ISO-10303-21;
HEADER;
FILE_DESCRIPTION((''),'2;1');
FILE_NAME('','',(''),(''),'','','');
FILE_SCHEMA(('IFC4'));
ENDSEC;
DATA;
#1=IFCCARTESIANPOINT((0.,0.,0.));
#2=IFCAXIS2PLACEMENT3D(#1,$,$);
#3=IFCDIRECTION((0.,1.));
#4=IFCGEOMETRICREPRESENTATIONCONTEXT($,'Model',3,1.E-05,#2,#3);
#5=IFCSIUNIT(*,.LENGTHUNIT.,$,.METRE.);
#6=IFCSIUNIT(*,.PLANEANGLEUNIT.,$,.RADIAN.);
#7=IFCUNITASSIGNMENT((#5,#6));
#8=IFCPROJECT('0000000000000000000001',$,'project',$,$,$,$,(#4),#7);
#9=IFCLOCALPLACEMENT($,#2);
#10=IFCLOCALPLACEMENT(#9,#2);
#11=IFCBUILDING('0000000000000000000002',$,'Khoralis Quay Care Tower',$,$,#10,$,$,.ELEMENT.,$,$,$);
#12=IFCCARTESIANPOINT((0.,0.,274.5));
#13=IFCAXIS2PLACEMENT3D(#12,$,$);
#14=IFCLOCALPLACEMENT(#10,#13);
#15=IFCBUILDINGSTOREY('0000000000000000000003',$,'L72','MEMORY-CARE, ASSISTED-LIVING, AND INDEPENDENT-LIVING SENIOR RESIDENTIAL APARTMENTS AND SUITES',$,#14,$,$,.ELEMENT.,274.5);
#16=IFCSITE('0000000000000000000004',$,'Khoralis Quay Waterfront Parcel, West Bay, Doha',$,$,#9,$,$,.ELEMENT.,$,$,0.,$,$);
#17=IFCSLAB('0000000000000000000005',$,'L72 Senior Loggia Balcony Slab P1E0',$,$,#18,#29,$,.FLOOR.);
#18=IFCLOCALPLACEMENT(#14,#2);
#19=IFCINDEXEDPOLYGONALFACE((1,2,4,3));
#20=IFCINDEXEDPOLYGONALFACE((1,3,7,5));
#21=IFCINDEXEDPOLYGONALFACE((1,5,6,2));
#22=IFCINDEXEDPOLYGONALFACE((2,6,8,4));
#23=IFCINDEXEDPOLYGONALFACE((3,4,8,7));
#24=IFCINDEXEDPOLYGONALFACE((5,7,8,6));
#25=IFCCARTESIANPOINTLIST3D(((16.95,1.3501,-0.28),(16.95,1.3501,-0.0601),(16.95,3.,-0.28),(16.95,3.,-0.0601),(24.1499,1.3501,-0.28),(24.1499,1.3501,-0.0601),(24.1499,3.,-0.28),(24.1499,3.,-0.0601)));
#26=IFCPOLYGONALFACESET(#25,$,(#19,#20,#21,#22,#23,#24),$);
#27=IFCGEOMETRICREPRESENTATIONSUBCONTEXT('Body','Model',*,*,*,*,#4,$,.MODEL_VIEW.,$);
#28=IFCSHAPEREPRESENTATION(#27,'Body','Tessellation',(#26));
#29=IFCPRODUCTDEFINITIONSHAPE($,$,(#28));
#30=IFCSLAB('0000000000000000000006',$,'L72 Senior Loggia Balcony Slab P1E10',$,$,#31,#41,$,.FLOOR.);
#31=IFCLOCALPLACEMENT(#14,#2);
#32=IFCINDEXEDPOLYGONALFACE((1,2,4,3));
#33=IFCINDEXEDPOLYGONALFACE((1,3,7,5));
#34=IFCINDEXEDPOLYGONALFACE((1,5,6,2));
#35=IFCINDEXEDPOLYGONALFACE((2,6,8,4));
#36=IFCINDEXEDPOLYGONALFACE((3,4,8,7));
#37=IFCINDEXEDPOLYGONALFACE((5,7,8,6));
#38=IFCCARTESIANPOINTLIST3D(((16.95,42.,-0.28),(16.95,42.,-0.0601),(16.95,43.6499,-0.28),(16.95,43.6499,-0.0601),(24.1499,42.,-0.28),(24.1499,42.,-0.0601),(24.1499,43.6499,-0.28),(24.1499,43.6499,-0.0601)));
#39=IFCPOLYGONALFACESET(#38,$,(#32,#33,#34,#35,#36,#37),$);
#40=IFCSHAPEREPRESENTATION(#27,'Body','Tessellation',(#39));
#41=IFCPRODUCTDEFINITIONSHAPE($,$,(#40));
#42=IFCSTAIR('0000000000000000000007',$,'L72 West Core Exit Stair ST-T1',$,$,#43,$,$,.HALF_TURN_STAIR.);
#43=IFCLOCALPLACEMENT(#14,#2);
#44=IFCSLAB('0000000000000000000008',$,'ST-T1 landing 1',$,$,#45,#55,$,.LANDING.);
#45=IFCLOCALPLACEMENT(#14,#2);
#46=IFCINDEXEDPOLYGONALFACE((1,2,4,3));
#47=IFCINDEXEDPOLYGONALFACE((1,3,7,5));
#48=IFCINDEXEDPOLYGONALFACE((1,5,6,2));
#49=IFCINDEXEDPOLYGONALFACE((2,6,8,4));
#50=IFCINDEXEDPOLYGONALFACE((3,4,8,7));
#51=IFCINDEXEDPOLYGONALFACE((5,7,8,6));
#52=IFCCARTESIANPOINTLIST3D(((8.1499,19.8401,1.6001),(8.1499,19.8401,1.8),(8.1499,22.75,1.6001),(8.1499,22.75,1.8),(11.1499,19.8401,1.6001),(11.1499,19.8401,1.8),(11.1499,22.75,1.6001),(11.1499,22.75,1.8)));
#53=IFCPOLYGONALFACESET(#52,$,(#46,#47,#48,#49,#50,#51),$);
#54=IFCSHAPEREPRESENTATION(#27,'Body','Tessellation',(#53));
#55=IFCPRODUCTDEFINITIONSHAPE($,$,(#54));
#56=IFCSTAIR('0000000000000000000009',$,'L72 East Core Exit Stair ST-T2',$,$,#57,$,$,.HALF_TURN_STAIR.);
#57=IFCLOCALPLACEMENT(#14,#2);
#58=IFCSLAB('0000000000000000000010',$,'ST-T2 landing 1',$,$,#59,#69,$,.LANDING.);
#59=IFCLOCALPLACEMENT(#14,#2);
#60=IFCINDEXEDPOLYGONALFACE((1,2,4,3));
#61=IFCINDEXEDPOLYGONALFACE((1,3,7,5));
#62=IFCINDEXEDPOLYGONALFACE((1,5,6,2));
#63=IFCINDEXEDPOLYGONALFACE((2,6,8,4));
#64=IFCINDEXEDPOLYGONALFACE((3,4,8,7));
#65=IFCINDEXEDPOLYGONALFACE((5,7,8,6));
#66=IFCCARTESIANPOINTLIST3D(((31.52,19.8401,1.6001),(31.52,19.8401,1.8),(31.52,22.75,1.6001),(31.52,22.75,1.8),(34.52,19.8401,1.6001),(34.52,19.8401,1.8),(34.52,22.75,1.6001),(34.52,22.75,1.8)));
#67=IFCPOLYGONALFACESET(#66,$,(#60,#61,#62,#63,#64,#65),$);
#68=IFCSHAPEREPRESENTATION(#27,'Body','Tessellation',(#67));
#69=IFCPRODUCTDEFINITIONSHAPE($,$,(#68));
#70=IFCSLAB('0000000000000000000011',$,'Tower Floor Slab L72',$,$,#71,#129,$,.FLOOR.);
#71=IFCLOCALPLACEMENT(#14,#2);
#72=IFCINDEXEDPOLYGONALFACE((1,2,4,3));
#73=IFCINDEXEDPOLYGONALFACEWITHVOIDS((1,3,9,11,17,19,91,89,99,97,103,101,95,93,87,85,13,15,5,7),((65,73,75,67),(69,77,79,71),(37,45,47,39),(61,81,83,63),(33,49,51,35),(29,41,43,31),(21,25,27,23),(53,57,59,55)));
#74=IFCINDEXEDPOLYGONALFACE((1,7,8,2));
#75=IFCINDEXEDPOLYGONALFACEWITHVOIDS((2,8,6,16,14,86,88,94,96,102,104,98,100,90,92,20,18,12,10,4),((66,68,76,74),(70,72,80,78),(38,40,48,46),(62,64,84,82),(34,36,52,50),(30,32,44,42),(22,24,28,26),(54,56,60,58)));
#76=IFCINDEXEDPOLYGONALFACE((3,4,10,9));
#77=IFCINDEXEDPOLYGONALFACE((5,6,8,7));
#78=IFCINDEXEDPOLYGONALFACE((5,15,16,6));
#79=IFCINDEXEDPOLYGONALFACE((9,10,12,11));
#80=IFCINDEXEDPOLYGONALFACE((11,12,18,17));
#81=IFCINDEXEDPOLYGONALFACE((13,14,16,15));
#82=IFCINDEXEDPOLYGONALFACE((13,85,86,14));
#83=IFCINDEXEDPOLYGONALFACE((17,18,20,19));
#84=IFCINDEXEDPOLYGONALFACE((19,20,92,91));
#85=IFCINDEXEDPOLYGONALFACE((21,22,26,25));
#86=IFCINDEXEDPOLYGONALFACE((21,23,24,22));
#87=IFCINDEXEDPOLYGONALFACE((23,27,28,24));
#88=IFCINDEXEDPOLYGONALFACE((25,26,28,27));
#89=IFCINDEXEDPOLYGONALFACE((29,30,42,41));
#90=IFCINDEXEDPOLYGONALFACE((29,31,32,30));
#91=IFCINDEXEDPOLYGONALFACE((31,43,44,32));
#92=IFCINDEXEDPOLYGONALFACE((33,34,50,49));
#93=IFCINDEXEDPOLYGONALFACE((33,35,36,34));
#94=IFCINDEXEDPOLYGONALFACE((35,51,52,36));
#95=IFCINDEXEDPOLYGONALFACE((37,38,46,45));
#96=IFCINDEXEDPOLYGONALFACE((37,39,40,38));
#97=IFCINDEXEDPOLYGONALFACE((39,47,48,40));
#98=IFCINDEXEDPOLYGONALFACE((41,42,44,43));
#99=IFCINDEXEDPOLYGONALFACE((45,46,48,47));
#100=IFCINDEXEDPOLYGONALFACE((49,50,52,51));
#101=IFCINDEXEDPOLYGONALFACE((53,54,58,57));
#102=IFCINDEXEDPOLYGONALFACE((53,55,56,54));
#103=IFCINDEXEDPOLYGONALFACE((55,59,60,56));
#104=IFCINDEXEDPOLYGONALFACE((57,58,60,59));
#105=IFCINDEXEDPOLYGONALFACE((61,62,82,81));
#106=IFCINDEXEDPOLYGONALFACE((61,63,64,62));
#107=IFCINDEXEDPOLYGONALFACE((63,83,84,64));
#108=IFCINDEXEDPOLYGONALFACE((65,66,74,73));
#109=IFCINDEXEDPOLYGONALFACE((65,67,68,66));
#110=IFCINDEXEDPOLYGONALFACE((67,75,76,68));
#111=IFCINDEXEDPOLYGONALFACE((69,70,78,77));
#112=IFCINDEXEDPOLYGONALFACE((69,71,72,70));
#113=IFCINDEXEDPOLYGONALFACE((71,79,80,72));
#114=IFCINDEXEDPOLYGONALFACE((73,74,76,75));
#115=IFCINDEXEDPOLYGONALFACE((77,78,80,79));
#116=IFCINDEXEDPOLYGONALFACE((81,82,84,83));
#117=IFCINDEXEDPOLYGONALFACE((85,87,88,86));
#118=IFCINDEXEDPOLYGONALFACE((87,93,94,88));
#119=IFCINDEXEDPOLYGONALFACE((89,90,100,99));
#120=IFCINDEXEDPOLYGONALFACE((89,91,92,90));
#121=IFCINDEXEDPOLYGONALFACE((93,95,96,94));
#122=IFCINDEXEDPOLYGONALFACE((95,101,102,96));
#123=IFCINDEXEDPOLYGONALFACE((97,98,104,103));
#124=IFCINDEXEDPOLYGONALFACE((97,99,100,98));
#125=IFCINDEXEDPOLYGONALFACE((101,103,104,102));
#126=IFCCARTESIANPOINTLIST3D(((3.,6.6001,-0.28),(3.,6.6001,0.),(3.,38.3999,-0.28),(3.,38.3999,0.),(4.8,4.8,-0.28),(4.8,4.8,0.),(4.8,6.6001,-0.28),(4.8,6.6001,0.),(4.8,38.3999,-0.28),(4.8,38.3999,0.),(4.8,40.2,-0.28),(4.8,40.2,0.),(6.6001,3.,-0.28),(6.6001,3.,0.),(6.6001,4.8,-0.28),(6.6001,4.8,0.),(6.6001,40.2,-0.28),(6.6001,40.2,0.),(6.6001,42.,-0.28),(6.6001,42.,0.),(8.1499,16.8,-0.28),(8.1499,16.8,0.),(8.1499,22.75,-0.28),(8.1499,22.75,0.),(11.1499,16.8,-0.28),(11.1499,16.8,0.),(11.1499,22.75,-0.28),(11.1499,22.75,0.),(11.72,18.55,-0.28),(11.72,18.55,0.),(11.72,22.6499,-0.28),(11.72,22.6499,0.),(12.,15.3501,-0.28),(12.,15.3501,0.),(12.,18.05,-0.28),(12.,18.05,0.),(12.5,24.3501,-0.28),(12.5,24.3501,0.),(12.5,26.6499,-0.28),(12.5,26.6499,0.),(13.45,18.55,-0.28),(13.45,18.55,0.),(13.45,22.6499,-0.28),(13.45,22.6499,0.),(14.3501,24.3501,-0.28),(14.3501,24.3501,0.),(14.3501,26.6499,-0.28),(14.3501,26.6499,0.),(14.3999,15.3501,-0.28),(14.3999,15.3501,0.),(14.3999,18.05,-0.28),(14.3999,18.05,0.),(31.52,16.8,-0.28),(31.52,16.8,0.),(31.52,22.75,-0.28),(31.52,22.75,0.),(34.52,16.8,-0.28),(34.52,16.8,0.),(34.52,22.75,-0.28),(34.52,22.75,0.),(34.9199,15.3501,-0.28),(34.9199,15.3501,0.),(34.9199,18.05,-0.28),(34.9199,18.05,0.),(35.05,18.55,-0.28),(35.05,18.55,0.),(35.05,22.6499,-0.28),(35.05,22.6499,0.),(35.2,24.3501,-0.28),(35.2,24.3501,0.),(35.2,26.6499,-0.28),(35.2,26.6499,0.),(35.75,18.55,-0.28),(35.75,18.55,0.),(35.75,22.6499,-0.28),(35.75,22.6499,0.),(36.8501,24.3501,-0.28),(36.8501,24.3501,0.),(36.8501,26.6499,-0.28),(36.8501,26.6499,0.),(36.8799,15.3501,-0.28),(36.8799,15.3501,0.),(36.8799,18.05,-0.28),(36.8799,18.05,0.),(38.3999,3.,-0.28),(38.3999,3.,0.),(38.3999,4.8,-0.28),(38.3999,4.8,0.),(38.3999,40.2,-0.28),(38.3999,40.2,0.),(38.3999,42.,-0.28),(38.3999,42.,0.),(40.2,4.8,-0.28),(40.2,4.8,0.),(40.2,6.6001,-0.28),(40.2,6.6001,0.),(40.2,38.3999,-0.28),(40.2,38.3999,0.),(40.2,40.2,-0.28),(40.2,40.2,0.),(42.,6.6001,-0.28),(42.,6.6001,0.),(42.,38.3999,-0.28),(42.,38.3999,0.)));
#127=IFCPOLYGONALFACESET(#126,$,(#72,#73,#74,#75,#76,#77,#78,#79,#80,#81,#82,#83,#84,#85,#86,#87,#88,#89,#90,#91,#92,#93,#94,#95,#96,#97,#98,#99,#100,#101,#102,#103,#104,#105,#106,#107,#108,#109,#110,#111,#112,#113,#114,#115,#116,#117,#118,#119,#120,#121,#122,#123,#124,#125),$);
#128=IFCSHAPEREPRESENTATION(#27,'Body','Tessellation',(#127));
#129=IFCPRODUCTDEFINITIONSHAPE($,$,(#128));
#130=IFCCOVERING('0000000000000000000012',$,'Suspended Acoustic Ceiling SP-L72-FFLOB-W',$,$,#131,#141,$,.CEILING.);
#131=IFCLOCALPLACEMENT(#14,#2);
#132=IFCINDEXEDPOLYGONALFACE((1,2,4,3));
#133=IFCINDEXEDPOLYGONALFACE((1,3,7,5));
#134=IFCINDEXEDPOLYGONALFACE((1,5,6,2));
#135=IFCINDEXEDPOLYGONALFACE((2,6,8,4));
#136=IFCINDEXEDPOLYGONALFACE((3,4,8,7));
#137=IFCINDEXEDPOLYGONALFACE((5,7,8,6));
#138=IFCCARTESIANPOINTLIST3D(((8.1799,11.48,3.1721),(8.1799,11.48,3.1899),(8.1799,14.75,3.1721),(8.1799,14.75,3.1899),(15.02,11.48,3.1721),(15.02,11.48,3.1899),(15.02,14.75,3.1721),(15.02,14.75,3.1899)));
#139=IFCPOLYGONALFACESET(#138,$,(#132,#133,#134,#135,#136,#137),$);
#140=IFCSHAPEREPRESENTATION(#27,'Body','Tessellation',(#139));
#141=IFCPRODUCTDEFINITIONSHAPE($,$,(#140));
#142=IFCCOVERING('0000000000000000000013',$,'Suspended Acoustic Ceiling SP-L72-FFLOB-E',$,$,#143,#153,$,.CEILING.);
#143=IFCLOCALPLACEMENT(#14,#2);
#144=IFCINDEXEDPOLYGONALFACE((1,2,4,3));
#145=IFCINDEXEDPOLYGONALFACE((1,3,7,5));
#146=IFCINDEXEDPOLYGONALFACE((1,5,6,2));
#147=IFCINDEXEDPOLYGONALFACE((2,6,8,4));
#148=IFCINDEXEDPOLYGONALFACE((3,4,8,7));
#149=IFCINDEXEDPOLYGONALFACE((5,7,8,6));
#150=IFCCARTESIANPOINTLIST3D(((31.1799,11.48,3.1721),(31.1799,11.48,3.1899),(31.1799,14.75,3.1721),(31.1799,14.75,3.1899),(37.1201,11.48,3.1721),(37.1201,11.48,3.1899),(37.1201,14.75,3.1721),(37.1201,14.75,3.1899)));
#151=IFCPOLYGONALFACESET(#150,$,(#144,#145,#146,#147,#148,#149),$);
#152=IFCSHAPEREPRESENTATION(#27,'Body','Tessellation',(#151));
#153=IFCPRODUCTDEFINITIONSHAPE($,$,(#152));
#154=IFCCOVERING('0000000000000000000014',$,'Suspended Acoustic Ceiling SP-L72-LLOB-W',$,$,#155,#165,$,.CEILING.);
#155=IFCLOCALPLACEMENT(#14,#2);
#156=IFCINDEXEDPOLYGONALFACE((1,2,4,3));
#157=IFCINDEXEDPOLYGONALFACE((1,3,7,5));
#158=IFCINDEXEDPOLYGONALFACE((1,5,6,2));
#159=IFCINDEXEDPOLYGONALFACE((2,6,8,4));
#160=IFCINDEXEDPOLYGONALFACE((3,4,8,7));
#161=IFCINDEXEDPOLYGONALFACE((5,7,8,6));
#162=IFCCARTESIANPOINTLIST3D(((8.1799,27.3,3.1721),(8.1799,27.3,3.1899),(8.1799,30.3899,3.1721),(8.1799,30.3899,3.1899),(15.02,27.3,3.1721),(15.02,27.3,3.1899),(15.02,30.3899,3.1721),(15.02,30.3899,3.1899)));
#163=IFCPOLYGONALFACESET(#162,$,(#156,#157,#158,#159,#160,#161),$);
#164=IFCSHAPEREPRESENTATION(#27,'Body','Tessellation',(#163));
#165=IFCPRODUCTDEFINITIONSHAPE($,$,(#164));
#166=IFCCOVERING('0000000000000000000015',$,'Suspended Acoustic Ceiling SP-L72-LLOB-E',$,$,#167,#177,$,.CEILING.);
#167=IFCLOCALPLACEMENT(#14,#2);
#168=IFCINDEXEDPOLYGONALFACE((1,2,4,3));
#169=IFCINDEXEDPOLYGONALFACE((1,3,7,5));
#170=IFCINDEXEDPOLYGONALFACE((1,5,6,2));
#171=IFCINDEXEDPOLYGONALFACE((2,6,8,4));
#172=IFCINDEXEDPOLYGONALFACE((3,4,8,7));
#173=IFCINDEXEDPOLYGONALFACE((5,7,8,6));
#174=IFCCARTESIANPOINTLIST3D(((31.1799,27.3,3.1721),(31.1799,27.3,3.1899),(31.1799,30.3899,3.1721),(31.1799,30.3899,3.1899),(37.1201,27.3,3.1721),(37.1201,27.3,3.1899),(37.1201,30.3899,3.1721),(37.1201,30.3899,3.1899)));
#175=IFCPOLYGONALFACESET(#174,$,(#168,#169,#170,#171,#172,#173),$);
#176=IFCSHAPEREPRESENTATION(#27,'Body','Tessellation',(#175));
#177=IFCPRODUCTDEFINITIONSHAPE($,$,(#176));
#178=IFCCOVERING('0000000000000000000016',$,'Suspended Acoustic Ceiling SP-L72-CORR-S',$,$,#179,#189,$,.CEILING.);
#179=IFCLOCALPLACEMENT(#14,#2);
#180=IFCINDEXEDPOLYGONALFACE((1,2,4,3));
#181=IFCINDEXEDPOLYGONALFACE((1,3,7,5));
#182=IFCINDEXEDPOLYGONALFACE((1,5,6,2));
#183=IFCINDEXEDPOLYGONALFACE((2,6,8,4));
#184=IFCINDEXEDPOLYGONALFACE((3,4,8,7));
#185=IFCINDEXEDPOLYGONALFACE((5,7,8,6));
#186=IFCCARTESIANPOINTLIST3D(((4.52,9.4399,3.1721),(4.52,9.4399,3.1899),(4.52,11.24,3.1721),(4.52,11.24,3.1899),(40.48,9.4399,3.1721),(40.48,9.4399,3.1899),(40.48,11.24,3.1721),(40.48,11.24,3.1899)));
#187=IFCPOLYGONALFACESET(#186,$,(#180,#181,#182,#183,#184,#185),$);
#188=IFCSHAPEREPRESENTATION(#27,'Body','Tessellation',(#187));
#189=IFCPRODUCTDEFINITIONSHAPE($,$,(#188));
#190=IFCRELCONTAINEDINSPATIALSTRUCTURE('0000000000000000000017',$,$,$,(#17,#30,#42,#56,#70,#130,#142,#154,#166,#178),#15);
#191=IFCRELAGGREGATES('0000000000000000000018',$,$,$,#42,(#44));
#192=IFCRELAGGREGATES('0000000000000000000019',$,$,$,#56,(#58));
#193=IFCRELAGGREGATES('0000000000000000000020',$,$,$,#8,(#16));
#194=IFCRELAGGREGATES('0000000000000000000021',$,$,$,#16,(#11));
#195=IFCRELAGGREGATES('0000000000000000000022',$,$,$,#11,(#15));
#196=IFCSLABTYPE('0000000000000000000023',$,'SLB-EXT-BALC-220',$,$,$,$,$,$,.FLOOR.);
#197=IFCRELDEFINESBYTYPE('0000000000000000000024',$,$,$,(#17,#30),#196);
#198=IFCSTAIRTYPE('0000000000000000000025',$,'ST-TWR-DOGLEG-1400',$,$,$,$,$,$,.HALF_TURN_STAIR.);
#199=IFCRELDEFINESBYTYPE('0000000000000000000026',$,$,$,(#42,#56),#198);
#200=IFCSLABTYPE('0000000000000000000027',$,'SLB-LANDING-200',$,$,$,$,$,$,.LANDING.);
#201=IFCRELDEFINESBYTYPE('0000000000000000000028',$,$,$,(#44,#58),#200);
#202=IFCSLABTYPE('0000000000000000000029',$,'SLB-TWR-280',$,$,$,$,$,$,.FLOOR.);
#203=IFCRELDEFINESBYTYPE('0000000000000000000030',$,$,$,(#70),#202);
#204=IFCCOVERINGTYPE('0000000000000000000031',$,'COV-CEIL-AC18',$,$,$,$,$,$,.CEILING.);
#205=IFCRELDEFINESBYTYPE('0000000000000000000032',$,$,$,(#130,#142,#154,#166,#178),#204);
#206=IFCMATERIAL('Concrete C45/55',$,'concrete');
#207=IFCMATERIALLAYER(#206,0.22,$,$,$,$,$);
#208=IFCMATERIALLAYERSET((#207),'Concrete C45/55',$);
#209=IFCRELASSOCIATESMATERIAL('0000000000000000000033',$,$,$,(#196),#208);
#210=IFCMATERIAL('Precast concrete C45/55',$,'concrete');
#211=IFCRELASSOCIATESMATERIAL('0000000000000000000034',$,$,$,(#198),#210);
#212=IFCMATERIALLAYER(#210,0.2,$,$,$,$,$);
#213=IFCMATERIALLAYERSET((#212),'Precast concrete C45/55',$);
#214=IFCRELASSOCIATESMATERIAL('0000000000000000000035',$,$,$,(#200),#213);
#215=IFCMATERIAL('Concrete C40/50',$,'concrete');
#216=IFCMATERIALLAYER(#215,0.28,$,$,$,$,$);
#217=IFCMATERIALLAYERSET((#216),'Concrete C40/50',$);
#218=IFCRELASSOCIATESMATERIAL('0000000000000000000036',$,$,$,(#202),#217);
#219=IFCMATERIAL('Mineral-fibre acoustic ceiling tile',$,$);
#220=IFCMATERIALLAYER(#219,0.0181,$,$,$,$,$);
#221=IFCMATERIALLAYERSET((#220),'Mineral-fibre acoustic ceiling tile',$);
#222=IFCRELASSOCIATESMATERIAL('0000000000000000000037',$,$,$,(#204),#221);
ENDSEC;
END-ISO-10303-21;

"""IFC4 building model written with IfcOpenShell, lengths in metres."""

from ifc_helpers import new_model, si_unit, direction, frame, origin, place, context, subcontext, project, spatial, polyline, outline, extrude, material, layer, layer_set, type_object, element, aggregate, save


model = new_model("IFC4")

# Units and contexts
model_context = context("Model", 3, precision=1e-05, world=origin(), true_north=direction((0.0, 1.0)))
body_context = subcontext(model_context, "Body", "Model", "MODEL_VIEW")
ifc_project = project(units=[si_unit("LENGTHUNIT", "METRE"), si_unit("PLANEANGLEUNIT", "RADIAN")], contexts=[model_context])

# Site, building, storey
site_placement = place(None, origin())
site = spatial("IfcSite", under=ifc_project, at=site_placement, Name="Khoralis Quay Waterfront Parcel, West Bay, Doha", CompositionType="ELEMENT", RefElevation=0.0)
building_placement = place(site_placement, origin())
building = spatial("IfcBuilding", under=site, at=building_placement, Name="Khoralis Quay Care Tower", CompositionType="ELEMENT")
storey_placement = place(building_placement, frame((0.0, 0.0, 274.5)))
storey = spatial("IfcBuildingStorey", under=building, at=storey_placement, Name="L72", Description="MEMORY-CARE, ASSISTED-LIVING, AND INDEPENDENT-LIVING SENIOR RESIDENTIAL APARTMENTS AND SUITES", CompositionType="ELEMENT", Elevation=274.5)

# Slabs
ifc_material_1 = material(Name="Concrete C45/55", Category="concrete")
ifc_layer_1 = layer(ifc_material_1, 0.22)
ifc_layer_set_1 = layer_set([ifc_layer_1], Name="Concrete C45/55")
slab_type_1 = type_object("IfcSlabType", Name="SLB-EXT-BALC-220", PredefinedType="FLOOR", material=ifc_layer_set_1)
slab_1_placement = place(storey_placement, frame((0.0, 0.0, -0.28)))
element("IfcSlab", 1, at=slab_1_placement, inside=storey, type_object=slab_type_1, Name="L72 Senior Loggia Balcony Slab P1E0", PredefinedType="FLOOR", context=body_context, shape_type="SweptSolid", body=[
    extrude(outline(polyline([(16.95, 1.3501), (24.1499, 1.3501), (24.1499, 3.0), (16.95, 3.0), (16.95, 1.3501)])), origin(), (0.0, 0.0, 1.0), 0.22),
])
slab_2_placement = place(storey_placement, frame((0.0, 0.0, -0.28)))
element("IfcSlab", 2, at=slab_2_placement, inside=storey, type_object=slab_type_1, Name="L72 Senior Loggia Balcony Slab P1E10", PredefinedType="FLOOR", context=body_context, shape_type="SweptSolid", body=[
    extrude(outline(polyline([(16.95, 42.0), (24.1499, 42.0), (24.1499, 43.6499), (16.95, 43.6499), (16.95, 42.0)])), origin(), (0.0, 0.0, 1.0), 0.22),
])

# Stairs, slabs
ifc_material_2 = material(Name="Precast concrete C45/55", Category="concrete")
stair_type = type_object("IfcStairType", Name="ST-TWR-DOGLEG-1400", PredefinedType="HALF_TURN_STAIR", material=ifc_material_2)
stair_1_placement = place(storey_placement, origin())
stair_1 = element("IfcStair", 3, at=stair_1_placement, inside=storey, type_object=stair_type, Name="L72 West Core Exit Stair ST-T1", PredefinedType="HALF_TURN_STAIR")
ifc_layer_2 = layer(ifc_material_2, 0.2)
ifc_layer_set_2 = layer_set([ifc_layer_2], Name="Precast concrete C45/55")
slab_type_2 = type_object("IfcSlabType", Name="SLB-LANDING-200", PredefinedType="LANDING", material=ifc_layer_set_2)
slab_3_placement = place(storey_placement, frame((0.0, 0.0, 1.6001)))
slab_3 = element("IfcSlab", 4, at=slab_3_placement, type_object=slab_type_2, Name="ST-T1 landing 1", PredefinedType="LANDING", context=body_context, shape_type="SweptSolid", body=[
    extrude(outline(polyline([(11.1499, 19.8401), (11.1499, 22.75), (8.1499, 22.75), (8.1499, 19.8401), (11.1499, 19.8401)])), origin(), (0.0, 0.0, 1.0), 0.2),
])
aggregate(stair_1, [slab_3])
stair_2_placement = place(storey_placement, origin())
stair_2 = element("IfcStair", 5, at=stair_2_placement, inside=storey, type_object=stair_type, Name="L72 East Core Exit Stair ST-T2", PredefinedType="HALF_TURN_STAIR")
slab_4_placement = place(storey_placement, frame((0.0, 0.0, 1.6001)))
slab_4 = element("IfcSlab", 6, at=slab_4_placement, type_object=slab_type_2, Name="ST-T2 landing 1", PredefinedType="LANDING", context=body_context, shape_type="SweptSolid", body=[
    extrude(outline(polyline([(34.52, 19.8401), (34.52, 22.75), (31.52, 22.75), (31.52, 19.8401), (34.52, 19.8401)])), origin(), (0.0, 0.0, 1.0), 0.2),
])
aggregate(stair_2, [slab_4])

# Slab
ifc_material_3 = material(Name="Concrete C40/50", Category="concrete")
ifc_layer_3 = layer(ifc_material_3, 0.28)
ifc_layer_set_3 = layer_set([ifc_layer_3], Name="Concrete C40/50")
slab_type_3 = type_object("IfcSlabType", Name="SLB-TWR-280", PredefinedType="FLOOR", material=ifc_layer_set_3)
slab_5_placement = place(storey_placement, frame((0.0, 0.0, -0.28)))
element("IfcSlab", 7, at=slab_5_placement, inside=storey, type_object=slab_type_3, Name="Tower Floor Slab L72", PredefinedType="FLOOR", context=body_context, shape_type="SweptSolid", body=[
    extrude(outline(polyline([(6.6001, 3.0), (38.3999, 3.0), (38.3999, 4.8), (40.2, 4.8), (40.2, 6.6001), (42.0, 6.6001), (42.0, 38.3999), (40.2, 38.3999), (40.2, 40.2), (38.3999, 40.2), (38.3999, 42.0), (6.6001, 42.0), (6.6001, 40.2), (4.8, 40.2), (4.8, 38.3999), (3.0, 38.3999), (3.0, 6.6001), (4.8, 6.6001), (4.8, 4.8), (6.6001, 4.8), (6.6001, 3.0)]), holes=[polyline([(11.1499, 16.8), (11.1499, 22.75), (8.1499, 22.75), (8.1499, 16.8), (11.1499, 16.8)]), polyline([(34.52, 16.8), (34.52, 22.75), (31.52, 22.75), (31.52, 16.8), (34.52, 16.8)]), polyline([(12.0, 15.3501), (14.3999, 15.3501), (14.3999, 18.05), (12.0, 18.05), (12.0, 15.3501)]), polyline([(34.9199, 15.3501), (36.8799, 15.3501), (36.8799, 18.05), (34.9199, 18.05), (34.9199, 15.3501)]), polyline([(12.5, 24.3501), (14.3501, 24.3501), (14.3501, 26.6499), (12.5, 26.6499), (12.5, 24.3501)]), polyline([(35.2, 24.3501), (36.8501, 24.3501), (36.8501, 26.6499), (35.2, 26.6499), (35.2, 24.3501)]), polyline([(11.72, 18.55), (13.45, 18.55), (13.45, 22.6499), (11.72, 22.6499), (11.72, 18.55)]), polyline([(35.05, 18.55), (35.75, 18.55), (35.75, 22.6499), (35.05, 22.6499), (35.05, 18.55)])]), origin(), (0.0, 0.0, 1.0), 0.28),
])

# Coverings
ifc_material_4 = material(Name="Mineral-fibre acoustic ceiling tile")
ifc_layer_4 = layer(ifc_material_4, 0.0181)
ifc_layer_set_4 = layer_set([ifc_layer_4], Name="Mineral-fibre acoustic ceiling tile")
covering_type_1 = type_object("IfcCoveringType", Name="COV-CEIL-AC18", PredefinedType="CEILING", material=ifc_layer_set_4)
covering_1_placement = place(storey_placement, frame((0.0, 0.0, 3.1721)))
element("IfcCovering", 8, at=covering_1_placement, inside=storey, type_object=covering_type_1, Name="Suspended Acoustic Ceiling SP-L72-FFLOB-W", PredefinedType="CEILING", context=body_context, shape_type="SweptSolid", body=[
    extrude(outline(polyline([(8.1799, 11.48), (15.02, 11.48), (15.02, 14.75), (8.1799, 14.75), (8.1799, 11.48)])), origin(), (0.0, 0.0, 1.0), 0.0178),
])
covering_2_placement = place(storey_placement, frame((0.0, 0.0, 3.1721)))
element("IfcCovering", 9, at=covering_2_placement, inside=storey, type_object=covering_type_1, Name="Suspended Acoustic Ceiling SP-L72-FFLOB-E", PredefinedType="CEILING", context=body_context, shape_type="SweptSolid", body=[
    extrude(outline(polyline([(31.1799, 11.48), (37.1201, 11.48), (37.1201, 14.75), (31.1799, 14.75), (31.1799, 11.48)])), origin(), (0.0, 0.0, 1.0), 0.0178),
])
covering_3_placement = place(storey_placement, frame((0.0, 0.0, 3.1721)))
element("IfcCovering", 10, at=covering_3_placement, inside=storey, type_object=covering_type_1, Name="Suspended Acoustic Ceiling SP-L72-LLOB-W", PredefinedType="CEILING", context=body_context, shape_type="SweptSolid", body=[
    extrude(outline(polyline([(8.1799, 27.3), (15.02, 27.3), (15.02, 30.3899), (8.1799, 30.3899), (8.1799, 27.3)])), origin(), (0.0, 0.0, 1.0), 0.0178),
])
covering_4_placement = place(storey_placement, frame((0.0, 0.0, 3.1721)))
element("IfcCovering", 11, at=covering_4_placement, inside=storey, type_object=covering_type_1, Name="Suspended Acoustic Ceiling SP-L72-LLOB-E", PredefinedType="CEILING", context=body_context, shape_type="SweptSolid", body=[
    extrude(outline(polyline([(31.1799, 27.3), (37.1201, 27.3), (37.1201, 30.3899), (31.1799, 30.3899), (31.1799, 27.3)])), origin(), (0.0, 0.0, 1.0), 0.0178),
])
covering_5_placement = place(storey_placement, frame((0.0, 0.0, 3.1721)))
element("IfcCovering", 12, at=covering_5_placement, inside=storey, type_object=covering_type_1, Name="Suspended Acoustic Ceiling SP-L72-CORR-S", PredefinedType="CEILING", context=body_context, shape_type="SweptSolid", body=[
    extrude(outline(polyline([(4.52, 9.4399), (40.48, 9.4399), (40.48, 11.24), (4.52, 11.24), (4.52, 9.4399)])), origin(), (0.0, 0.0, 1.0), 0.0178),
])

save(model, "model.ifc")
